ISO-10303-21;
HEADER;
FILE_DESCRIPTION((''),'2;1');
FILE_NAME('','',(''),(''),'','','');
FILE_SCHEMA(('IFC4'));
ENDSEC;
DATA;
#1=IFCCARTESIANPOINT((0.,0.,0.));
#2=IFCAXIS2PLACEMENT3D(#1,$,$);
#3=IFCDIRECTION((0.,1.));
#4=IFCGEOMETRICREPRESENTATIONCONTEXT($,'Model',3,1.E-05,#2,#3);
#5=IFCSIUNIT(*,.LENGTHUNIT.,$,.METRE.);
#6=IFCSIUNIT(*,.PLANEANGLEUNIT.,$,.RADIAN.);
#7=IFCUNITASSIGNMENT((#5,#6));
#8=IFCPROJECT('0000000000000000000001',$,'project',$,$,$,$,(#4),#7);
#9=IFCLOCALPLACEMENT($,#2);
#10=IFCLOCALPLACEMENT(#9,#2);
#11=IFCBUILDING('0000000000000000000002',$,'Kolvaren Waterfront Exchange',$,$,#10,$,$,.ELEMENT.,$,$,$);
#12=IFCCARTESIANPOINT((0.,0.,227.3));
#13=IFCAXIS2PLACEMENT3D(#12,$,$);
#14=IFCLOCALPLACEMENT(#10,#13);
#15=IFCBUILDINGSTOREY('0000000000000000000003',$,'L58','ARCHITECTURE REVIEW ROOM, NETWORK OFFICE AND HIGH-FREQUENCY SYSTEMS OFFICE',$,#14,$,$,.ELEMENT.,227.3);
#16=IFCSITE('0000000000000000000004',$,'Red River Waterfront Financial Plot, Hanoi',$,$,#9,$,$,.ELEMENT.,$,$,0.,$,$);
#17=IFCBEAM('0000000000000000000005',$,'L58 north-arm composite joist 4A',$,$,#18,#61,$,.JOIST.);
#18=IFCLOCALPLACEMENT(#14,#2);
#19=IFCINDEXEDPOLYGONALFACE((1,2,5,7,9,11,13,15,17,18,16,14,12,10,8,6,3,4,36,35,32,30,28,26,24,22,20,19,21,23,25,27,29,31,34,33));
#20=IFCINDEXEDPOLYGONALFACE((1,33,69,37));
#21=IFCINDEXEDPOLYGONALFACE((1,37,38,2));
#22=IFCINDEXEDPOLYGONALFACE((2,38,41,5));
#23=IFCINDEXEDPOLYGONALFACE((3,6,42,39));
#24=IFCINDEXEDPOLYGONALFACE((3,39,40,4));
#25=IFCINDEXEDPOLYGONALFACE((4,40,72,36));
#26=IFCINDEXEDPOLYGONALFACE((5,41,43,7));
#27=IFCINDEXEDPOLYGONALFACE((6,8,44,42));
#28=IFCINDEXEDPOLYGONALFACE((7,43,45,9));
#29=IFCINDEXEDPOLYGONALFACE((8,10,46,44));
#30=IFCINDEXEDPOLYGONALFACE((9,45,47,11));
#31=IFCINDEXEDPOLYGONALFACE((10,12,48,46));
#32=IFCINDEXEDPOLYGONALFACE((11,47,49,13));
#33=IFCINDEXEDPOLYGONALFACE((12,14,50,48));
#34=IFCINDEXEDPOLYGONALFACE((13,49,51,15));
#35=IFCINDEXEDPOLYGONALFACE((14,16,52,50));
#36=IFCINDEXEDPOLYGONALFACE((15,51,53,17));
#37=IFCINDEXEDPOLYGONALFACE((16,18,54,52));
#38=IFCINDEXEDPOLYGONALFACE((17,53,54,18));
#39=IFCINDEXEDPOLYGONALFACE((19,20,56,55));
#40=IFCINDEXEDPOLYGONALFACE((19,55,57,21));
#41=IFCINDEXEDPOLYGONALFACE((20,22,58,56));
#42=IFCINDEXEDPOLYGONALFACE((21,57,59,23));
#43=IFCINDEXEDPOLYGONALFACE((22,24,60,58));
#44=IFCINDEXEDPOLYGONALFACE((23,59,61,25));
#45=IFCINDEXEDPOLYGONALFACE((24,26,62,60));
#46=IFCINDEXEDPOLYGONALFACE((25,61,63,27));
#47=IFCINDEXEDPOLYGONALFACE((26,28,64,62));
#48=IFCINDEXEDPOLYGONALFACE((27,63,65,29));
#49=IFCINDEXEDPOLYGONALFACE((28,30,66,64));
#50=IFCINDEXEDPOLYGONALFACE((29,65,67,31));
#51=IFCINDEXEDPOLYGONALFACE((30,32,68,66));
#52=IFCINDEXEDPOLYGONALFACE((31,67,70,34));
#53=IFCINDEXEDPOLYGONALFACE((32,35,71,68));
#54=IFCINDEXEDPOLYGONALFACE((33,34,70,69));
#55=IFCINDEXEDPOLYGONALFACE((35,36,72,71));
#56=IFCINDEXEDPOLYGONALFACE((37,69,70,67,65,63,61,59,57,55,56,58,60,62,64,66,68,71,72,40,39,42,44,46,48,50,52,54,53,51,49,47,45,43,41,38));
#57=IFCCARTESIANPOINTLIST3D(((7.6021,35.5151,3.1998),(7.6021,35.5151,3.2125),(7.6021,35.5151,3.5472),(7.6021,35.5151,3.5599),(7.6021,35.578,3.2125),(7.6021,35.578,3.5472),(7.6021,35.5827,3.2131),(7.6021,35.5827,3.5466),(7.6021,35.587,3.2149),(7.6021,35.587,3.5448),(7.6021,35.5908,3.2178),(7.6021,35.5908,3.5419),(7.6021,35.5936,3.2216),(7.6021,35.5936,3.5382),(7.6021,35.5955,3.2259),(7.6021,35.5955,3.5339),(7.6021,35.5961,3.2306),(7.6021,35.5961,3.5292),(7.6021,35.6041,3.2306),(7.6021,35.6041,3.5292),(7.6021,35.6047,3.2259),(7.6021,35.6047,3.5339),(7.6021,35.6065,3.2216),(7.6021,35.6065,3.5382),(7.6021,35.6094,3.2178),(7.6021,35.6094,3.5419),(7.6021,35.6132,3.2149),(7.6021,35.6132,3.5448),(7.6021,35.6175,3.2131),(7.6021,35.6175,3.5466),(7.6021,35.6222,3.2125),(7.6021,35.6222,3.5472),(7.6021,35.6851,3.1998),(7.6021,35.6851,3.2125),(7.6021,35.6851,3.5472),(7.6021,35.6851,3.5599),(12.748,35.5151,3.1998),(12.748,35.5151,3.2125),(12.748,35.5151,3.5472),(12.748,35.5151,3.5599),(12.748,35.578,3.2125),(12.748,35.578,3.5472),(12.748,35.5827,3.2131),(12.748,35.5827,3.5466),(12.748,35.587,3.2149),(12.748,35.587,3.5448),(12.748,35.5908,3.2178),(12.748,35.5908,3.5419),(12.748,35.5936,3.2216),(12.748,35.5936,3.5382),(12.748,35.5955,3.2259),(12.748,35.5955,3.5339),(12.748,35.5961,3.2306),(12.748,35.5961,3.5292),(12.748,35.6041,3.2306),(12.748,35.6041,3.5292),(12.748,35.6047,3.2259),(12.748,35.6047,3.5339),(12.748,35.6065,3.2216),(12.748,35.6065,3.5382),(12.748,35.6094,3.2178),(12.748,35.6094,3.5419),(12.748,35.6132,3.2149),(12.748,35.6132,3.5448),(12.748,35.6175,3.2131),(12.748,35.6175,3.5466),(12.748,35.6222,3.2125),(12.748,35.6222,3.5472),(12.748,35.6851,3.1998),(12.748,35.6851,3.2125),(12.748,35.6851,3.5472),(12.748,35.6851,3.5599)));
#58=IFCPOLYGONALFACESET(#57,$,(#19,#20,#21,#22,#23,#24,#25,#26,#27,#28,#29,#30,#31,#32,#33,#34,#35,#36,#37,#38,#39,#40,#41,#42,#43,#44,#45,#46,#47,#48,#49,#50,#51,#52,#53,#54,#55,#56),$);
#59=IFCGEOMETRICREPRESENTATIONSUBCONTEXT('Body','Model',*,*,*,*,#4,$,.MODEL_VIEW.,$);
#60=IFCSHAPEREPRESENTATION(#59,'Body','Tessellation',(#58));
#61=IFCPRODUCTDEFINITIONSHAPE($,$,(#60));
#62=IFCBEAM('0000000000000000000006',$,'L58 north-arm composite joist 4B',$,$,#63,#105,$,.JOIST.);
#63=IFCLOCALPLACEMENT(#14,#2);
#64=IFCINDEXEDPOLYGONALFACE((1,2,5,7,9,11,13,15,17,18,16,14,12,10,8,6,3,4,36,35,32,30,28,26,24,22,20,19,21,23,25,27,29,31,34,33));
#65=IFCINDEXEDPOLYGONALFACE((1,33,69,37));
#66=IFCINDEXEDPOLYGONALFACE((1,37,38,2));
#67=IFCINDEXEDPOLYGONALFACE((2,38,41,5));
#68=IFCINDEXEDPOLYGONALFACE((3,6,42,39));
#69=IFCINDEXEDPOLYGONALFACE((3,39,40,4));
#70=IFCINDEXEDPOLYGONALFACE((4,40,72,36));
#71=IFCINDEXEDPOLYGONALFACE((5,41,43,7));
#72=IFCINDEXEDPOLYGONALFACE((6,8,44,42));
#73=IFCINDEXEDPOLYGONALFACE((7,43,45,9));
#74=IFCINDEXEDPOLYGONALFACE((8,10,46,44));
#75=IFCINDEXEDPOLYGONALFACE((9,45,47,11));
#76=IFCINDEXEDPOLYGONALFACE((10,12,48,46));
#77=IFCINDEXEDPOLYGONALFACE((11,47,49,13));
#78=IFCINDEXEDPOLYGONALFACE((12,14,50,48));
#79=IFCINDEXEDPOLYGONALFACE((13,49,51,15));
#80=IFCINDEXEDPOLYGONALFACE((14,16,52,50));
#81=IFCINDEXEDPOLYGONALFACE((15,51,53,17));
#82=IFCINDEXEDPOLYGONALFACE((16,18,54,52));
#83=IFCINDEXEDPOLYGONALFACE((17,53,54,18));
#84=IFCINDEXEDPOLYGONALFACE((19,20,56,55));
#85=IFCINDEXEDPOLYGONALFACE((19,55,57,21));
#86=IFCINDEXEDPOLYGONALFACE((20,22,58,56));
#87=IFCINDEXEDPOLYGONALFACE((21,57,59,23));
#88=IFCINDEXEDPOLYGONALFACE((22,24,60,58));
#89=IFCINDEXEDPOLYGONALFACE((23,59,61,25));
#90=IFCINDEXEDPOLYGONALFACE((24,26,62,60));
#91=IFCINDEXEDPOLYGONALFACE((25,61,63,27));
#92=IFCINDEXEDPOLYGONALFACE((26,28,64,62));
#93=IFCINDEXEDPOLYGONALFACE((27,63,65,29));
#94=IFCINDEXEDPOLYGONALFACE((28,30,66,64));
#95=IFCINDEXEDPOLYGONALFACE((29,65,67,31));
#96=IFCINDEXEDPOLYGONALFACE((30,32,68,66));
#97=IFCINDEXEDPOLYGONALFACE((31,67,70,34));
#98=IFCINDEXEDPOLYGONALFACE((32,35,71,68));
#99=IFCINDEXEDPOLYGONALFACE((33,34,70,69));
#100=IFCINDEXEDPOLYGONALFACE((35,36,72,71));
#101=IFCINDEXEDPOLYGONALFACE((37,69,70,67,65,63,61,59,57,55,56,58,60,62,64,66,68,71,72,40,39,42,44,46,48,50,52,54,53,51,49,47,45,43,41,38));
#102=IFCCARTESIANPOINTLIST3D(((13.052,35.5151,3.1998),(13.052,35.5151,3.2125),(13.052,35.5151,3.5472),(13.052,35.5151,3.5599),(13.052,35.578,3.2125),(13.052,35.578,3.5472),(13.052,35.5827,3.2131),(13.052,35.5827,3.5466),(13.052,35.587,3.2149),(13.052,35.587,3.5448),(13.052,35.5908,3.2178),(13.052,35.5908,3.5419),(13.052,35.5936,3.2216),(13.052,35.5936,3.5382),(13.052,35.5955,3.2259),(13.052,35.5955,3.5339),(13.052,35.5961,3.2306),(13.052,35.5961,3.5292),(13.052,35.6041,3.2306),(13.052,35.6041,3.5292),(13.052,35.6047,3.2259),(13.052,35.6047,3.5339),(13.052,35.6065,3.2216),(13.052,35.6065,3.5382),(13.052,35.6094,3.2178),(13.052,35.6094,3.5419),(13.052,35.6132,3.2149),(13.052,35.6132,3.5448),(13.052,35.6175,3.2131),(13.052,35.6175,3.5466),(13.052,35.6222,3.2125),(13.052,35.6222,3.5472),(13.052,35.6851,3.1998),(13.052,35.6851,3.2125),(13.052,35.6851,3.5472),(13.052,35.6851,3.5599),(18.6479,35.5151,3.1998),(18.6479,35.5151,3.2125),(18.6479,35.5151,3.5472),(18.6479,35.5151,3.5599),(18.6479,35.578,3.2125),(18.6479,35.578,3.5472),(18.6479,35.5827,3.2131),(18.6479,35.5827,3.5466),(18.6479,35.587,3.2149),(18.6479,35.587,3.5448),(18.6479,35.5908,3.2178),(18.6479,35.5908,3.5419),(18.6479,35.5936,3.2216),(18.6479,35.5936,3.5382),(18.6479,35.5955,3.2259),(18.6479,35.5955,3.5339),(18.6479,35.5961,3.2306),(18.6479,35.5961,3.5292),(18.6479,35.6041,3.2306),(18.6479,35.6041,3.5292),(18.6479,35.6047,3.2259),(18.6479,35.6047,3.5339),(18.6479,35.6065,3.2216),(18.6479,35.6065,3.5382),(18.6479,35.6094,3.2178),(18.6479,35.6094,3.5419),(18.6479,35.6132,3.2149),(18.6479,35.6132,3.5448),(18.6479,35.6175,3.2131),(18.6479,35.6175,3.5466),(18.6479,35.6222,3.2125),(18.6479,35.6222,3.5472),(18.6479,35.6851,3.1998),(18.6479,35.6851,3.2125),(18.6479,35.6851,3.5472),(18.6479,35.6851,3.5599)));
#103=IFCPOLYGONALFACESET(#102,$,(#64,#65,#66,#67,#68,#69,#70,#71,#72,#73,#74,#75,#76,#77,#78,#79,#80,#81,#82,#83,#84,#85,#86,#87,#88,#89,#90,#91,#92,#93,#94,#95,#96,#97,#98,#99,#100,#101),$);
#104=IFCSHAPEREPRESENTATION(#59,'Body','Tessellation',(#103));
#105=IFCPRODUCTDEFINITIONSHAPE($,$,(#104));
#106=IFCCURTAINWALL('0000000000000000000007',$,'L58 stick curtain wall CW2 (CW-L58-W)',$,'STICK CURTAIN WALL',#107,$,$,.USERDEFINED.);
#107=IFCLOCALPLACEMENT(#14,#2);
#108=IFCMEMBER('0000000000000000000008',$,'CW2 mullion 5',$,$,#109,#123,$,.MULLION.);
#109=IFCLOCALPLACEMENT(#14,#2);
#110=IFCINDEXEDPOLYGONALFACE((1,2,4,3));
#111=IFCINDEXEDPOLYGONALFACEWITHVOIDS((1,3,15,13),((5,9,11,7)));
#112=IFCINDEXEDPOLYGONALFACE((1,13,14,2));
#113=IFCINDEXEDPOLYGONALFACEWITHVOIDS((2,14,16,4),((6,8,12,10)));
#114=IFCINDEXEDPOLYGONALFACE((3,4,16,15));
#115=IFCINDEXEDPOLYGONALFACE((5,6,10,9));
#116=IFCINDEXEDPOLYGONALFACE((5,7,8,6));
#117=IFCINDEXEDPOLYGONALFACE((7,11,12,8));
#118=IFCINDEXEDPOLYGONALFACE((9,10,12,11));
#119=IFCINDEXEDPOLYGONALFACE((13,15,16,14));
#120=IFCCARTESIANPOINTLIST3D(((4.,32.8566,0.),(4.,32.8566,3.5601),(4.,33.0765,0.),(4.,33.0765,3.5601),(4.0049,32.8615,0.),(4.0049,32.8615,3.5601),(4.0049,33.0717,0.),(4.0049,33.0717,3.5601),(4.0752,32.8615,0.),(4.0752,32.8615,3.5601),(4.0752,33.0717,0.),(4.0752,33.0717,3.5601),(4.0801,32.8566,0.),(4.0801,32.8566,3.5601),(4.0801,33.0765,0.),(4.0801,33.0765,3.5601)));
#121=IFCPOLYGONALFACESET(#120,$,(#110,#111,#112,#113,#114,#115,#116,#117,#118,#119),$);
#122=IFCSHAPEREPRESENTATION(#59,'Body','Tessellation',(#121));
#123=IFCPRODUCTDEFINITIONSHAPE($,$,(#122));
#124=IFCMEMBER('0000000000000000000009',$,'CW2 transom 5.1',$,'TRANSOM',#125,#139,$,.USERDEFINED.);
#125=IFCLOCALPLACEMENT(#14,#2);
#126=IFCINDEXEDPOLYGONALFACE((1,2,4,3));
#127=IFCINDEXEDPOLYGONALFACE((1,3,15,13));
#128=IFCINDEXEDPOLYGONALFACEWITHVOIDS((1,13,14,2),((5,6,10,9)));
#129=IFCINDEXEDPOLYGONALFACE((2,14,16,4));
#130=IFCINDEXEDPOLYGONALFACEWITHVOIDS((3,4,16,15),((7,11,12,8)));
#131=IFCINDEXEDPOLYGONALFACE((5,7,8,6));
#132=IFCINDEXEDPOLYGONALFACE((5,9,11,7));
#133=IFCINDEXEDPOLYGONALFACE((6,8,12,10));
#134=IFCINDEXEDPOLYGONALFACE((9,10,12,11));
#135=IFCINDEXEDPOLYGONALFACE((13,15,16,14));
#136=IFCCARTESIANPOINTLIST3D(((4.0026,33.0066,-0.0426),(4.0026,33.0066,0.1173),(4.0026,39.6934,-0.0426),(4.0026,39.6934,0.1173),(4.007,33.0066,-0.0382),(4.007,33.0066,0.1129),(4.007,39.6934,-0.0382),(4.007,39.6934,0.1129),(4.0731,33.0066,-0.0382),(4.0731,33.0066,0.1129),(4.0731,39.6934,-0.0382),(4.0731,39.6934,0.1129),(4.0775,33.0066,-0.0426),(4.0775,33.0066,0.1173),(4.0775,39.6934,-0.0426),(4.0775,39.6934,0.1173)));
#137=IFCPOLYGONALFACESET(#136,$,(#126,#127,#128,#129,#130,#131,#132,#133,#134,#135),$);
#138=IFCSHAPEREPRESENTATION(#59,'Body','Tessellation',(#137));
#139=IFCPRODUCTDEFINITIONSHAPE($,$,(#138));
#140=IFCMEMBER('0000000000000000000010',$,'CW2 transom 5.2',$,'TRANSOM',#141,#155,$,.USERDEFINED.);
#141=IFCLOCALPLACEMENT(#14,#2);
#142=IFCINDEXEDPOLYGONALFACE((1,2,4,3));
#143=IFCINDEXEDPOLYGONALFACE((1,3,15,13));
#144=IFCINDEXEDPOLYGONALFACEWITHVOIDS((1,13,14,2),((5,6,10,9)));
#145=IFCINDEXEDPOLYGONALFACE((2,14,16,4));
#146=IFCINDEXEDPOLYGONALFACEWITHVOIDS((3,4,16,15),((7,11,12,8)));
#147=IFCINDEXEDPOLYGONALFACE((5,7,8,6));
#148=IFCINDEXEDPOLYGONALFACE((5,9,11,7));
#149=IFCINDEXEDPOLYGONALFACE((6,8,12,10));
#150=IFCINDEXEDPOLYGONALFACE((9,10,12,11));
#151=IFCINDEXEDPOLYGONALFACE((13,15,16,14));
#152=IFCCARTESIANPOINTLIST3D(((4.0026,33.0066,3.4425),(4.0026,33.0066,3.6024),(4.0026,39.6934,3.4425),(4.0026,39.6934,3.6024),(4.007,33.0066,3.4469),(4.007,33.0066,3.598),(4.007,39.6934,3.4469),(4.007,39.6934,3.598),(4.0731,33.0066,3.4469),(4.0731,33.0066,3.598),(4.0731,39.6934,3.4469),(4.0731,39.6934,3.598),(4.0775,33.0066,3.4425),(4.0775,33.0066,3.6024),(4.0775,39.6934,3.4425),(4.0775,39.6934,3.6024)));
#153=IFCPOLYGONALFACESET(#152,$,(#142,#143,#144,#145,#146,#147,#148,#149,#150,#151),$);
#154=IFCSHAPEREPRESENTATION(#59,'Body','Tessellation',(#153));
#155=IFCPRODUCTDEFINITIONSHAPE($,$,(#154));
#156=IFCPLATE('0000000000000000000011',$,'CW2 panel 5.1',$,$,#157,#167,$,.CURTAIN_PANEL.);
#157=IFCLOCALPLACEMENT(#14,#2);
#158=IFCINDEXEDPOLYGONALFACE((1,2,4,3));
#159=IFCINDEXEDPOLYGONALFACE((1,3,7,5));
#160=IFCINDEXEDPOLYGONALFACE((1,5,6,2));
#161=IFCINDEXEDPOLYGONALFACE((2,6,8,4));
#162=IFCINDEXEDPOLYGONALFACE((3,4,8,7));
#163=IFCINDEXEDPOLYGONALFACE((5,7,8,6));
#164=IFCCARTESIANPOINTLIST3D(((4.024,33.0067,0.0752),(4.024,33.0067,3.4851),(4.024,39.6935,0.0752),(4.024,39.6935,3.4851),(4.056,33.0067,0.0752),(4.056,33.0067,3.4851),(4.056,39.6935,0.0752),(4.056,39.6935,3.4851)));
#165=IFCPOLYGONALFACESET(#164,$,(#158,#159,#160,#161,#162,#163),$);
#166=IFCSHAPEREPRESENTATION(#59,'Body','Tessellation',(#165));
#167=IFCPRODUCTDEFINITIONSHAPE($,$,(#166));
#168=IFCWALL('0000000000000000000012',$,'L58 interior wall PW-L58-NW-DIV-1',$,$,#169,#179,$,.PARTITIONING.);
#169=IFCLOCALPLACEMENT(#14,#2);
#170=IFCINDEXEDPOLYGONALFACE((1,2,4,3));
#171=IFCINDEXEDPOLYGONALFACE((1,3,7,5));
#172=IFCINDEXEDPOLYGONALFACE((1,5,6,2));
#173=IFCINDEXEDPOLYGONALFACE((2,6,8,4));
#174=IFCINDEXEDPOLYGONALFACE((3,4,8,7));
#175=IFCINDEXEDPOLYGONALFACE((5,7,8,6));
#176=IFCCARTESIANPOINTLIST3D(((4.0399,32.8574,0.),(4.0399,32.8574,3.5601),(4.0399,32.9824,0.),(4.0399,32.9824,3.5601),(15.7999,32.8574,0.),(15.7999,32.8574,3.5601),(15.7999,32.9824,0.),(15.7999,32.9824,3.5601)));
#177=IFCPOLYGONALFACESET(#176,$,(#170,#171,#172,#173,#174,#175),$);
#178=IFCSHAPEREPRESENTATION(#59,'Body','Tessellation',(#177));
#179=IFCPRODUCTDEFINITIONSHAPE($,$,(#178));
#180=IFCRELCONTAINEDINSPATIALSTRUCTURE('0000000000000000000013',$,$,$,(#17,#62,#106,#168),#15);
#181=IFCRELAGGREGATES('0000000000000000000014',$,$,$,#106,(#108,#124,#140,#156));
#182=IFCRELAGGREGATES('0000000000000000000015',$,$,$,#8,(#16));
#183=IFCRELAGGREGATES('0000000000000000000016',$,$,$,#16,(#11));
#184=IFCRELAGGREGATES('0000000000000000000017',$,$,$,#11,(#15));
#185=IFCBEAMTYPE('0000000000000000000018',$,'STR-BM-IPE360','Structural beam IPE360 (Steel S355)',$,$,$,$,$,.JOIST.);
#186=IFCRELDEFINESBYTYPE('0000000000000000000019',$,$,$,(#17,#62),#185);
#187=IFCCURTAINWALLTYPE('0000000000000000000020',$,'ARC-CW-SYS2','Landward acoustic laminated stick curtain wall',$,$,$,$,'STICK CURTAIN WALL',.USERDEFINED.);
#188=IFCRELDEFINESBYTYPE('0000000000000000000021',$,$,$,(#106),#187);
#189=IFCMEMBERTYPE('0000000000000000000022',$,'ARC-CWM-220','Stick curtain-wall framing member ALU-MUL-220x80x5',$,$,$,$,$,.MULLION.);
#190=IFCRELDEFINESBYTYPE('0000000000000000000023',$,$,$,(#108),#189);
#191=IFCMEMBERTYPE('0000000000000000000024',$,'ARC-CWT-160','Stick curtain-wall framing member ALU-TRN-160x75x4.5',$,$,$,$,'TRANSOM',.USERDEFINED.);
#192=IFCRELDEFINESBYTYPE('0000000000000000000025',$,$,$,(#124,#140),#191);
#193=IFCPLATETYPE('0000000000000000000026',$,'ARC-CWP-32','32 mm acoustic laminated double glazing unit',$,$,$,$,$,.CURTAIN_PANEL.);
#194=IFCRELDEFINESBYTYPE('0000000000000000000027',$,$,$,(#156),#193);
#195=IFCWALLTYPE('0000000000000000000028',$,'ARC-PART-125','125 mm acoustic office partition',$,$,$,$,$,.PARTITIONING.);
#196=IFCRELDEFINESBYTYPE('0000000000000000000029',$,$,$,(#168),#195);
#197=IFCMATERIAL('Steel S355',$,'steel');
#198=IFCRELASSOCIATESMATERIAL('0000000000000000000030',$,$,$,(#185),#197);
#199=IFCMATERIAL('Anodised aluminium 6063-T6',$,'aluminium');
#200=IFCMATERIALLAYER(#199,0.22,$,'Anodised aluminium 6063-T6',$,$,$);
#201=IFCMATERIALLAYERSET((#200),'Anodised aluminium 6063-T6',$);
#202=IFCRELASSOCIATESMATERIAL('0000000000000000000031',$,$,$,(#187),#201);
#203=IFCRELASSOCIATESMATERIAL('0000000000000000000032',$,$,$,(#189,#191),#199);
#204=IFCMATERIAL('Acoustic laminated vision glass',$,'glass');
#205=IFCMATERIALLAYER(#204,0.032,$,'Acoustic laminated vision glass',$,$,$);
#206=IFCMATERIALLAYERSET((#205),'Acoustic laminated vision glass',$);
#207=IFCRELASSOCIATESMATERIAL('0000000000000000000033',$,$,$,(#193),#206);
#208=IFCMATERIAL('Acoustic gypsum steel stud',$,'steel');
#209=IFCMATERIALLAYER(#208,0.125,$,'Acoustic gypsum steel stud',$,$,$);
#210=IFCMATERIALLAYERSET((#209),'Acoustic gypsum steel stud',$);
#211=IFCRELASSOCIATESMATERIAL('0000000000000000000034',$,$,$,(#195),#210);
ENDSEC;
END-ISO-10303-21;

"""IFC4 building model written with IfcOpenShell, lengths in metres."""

from ifc_helpers import new_model, si_unit, direction, frame, frame_2d, origin, origin_with_axes, origin_2d, place, context, subcontext, project, spatial, rectangle, hollow_rectangle, i_section, extrude, source, transform, mapped, material, layer, layer_set, material_profile, profile_set, type_object, element, aggregate, save


model = new_model("IFC4")

# Units and contexts
model_context = context("Model", 3, precision=1e-05, world=origin(), true_north=direction((0.0, 1.0)))
body_context = subcontext(model_context, "Body", "Model", "MODEL_VIEW")
ifc_project = project(units=[si_unit("LENGTHUNIT", "METRE"), si_unit("PLANEANGLEUNIT", "RADIAN")], contexts=[model_context])

# Site, building, storey
site_placement = place(None, origin())
site = spatial("IfcSite", under=ifc_project, at=site_placement, Name="Red River Waterfront Financial Plot, Hanoi", CompositionType="ELEMENT", RefElevation=0.0)
building_placement = place(site_placement, origin())
building = spatial("IfcBuilding", under=site, at=building_placement, Name="Kolvaren Waterfront Exchange", CompositionType="ELEMENT")
storey_placement = place(building_placement, frame((0.0, 0.0, 227.3)))
storey = spatial("IfcBuildingStorey", under=building, at=storey_placement, Name="L58", Description="ARCHITECTURE REVIEW ROOM, NETWORK OFFICE AND HIGH-FREQUENCY SYSTEMS OFFICE", CompositionType="ELEMENT", Elevation=227.3)

# Beams
ifc_material_1 = material(Name="Steel S355", Category="steel")
ifc_material_profile_1 = material_profile(ifc_material_1, i_section(OverallWidth=0.1699, OverallDepth=0.3601, WebThickness=0.0081, FlangeThickness=0.0127, FilletRadius=0.0181, at=origin_2d()), Name="IPE360")
ifc_profile_set_1 = profile_set([ifc_material_profile_1], Name="Steel S355")
beam_type_1 = type_object("IfcBeamType", Name="STR-BM-IPE360", Description="Structural beam IPE360 (Steel S355)", PredefinedType="JOIST", material=ifc_profile_set_1)
beam_1_placement = place(storey_placement, frame((7.6021, 35.6001, 3.3799), z_axis=(1.0, 0.0, 0.0), x_axis=(0.0, 1.0, 0.0)))
element("IfcBeam", 1, at=beam_1_placement, inside=storey, type_object=beam_type_1, Name="L58 north-arm composite joist 4A", PredefinedType="JOIST", context=body_context, shape_type="SweptSolid", body=[
    extrude(i_section(OverallWidth=0.1699, OverallDepth=0.3601, WebThickness=0.0081, FlangeThickness=0.0127, FilletRadius=0.0181, at=origin_2d()), origin(), (0.0, 0.0, 1.0), 5.146),
])
beam_2_placement = place(storey_placement, frame((13.052, 35.6001, 3.3799), z_axis=(1.0, 0.0, 0.0), x_axis=(0.0, 1.0, 0.0)))
element("IfcBeam", 2, at=beam_2_placement, inside=storey, type_object=beam_type_1, Name="L58 north-arm composite joist 4B", PredefinedType="JOIST", context=body_context, shape_type="SweptSolid", body=[
    extrude(i_section(OverallWidth=0.1699, OverallDepth=0.3601, WebThickness=0.0081, FlangeThickness=0.0127, FilletRadius=0.0181, at=origin_2d()), origin(), (0.0, 0.0, 1.0), 5.5959),
])

# Curtain wall, members, plate
ifc_material_2 = material(Name="Anodised aluminium 6063-T6", Category="aluminium")
ifc_layer_1 = layer(ifc_material_2, 0.22, Name="Anodised aluminium 6063-T6")
ifc_layer_set_1 = layer_set([ifc_layer_1], Name="Anodised aluminium 6063-T6")
curtain_wall_type = type_object("IfcCurtainWallType", Name="ARC-CW-SYS2", Description="Landward acoustic laminated stick curtain wall", ElementType="STICK CURTAIN WALL", PredefinedType="USERDEFINED", material=ifc_layer_set_1)
curtain_wall_placement = place(storey_placement, origin())
curtain_wall = element("IfcCurtainWall", 3, at=curtain_wall_placement, inside=storey, type_object=curtain_wall_type, Name="L58 stick curtain wall CW2 (CW-L58-W)", ObjectType="STICK CURTAIN WALL", PredefinedType="USERDEFINED")
ifc_material_profile_2 = material_profile(ifc_material_2, hollow_rectangle(XDim=0.0801, YDim=0.22, WallThickness=0.0049, at=origin_2d()), Name="ALU-MUL-220x80x5")
ifc_profile_set_2 = profile_set([ifc_material_profile_2], Name="Anodised aluminium 6063-T6")
member_type_1 = type_object("IfcMemberType", Name="ARC-CWM-220", Description="Stick curtain-wall framing member ALU-MUL-220x80x5", PredefinedType="MULLION", material=ifc_profile_set_2)
shared_shape_1 = source(origin_with_axes(), body_context, "Body", "SweptSolid", [
    extrude(hollow_rectangle(XDim=0.0801, YDim=0.22, WallThickness=0.0049, at=origin_2d()), origin(), (0.0, 0.0, 1.0), 3.5601),
])
member_1_placement = place(storey_placement, frame((4.04, 32.9666, 0.0), z_axis=(0.0, 0.0, 1.0), x_axis=(-1.0, 0.0, 0.0)))
member_1 = element("IfcMember", 4, at=member_1_placement, type_object=member_type_1, Name="CW2 mullion 5", PredefinedType="MULLION", context=body_context, shape_type="MappedRepresentation", body=[
    mapped(shared_shape_1, transform((0.0, 0.0, 0.0), x_axis=(1.0, 0.0, 0.0), y_axis=(0.0, 1.0, 0.0), z_axis=(0.0, 0.0, 1.0), scale=1.0)),
])
ifc_material_profile_3 = material_profile(ifc_material_2, hollow_rectangle(XDim=0.075, YDim=0.1599, WallThickness=0.0044, at=origin_2d()), Name="ALU-TRN-160x75x4.5")
ifc_profile_set_3 = profile_set([ifc_material_profile_3], Name="Anodised aluminium 6063-T6")
member_type_2 = type_object("IfcMemberType", Name="ARC-CWT-160", Description="Stick curtain-wall framing member ALU-TRN-160x75x4.5", ElementType="TRANSOM", PredefinedType="USERDEFINED", material=ifc_profile_set_3)
shared_shape_2 = source(origin_with_axes(), body_context, "Body", "SweptSolid", [
    extrude(hollow_rectangle(XDim=0.075, YDim=0.1599, WallThickness=0.0044, at=origin_2d()), origin(), (0.0, 0.0, 1.0), 6.6868),
])
member_2_placement = place(storey_placement, frame((4.04, 33.0066, 0.0374), z_axis=(0.0, 1.0, 0.0), x_axis=(-1.0, 0.0, 0.0)))
member_2 = element("IfcMember", 5, at=member_2_placement, type_object=member_type_2, Name="CW2 transom 5.1", ObjectType="TRANSOM", PredefinedType="USERDEFINED", context=body_context, shape_type="MappedRepresentation", body=[
    mapped(shared_shape_2, transform((0.0, 0.0, 0.0), x_axis=(1.0, 0.0, 0.0), y_axis=(0.0, 1.0, 0.0), z_axis=(0.0, 0.0, 1.0), scale=1.0)),
])
member_3_placement = place(storey_placement, frame((4.04, 33.0066, 3.5225), z_axis=(0.0, 1.0, 0.0), x_axis=(-1.0, 0.0, 0.0)))
member_3 = element("IfcMember", 6, at=member_3_placement, type_object=member_type_2, Name="CW2 transom 5.2", ObjectType="TRANSOM", PredefinedType="USERDEFINED", context=body_context, shape_type="MappedRepresentation", body=[
    mapped(shared_shape_2, transform((0.0, 0.0, 0.0), x_axis=(1.0, 0.0, 0.0), y_axis=(0.0, 1.0, 0.0), z_axis=(0.0, 0.0, 1.0), scale=1.0)),
])
ifc_material_3 = material(Name="Acoustic laminated vision glass", Category="glass")
ifc_layer_2 = layer(ifc_material_3, 0.032, Name="Acoustic laminated vision glass")
ifc_layer_set_2 = layer_set([ifc_layer_2], Name="Acoustic laminated vision glass")
plate_type = type_object("IfcPlateType", Name="ARC-CWP-32", Description="32 mm acoustic laminated double glazing unit", PredefinedType="CURTAIN_PANEL", material=ifc_layer_set_2)
shared_shape_3 = source(origin_with_axes(), body_context, "Body", "SweptSolid", [
    extrude(rectangle(XDim=6.6868, YDim=0.032, at=origin_2d()), origin(), (0.0, 0.0, 1.0), 3.4099),
])
plate_placement = place(storey_placement, frame((4.04, 36.3501, 0.0752), z_axis=(0.0, 0.0, 1.0), x_axis=(0.0, 1.0, 0.0)))
plate = element("IfcPlate", 7, at=plate_placement, type_object=plate_type, Name="CW2 panel 5.1", PredefinedType="CURTAIN_PANEL", context=body_context, shape_type="MappedRepresentation", body=[
    mapped(shared_shape_3, transform((0.0, 0.0, 0.0), x_axis=(1.0, 0.0, 0.0), y_axis=(0.0, 1.0, 0.0), z_axis=(0.0, 0.0, 1.0), scale=1.0)),
])
aggregate(curtain_wall, [member_1, member_2, member_3, plate])

# Wall
ifc_material_4 = material(Name="Acoustic gypsum steel stud", Category="steel")
ifc_layer_3 = layer(ifc_material_4, 0.125, Name="Acoustic gypsum steel stud")
ifc_layer_set_3 = layer_set([ifc_layer_3], Name="Acoustic gypsum steel stud")
wall_type = type_object("IfcWallType", Name="ARC-PART-125", Description="125 mm acoustic office partition", PredefinedType="PARTITIONING", material=ifc_layer_set_3)
wall_1_placement = place(storey_placement, frame((4.04, 32.9199, 0.0), z_axis=(0.0, 0.0, 1.0), x_axis=(1.0, 0.0, 0.0)))
element("IfcWall", 8, at=wall_1_placement, inside=storey, type_object=wall_type, Name="L58 interior wall PW-L58-NW-DIV-1", PredefinedType="PARTITIONING", context=body_context, shape_type="SweptSolid", body=[
    extrude(rectangle(XDim=11.76, YDim=0.125, at=frame_2d((5.8799, 0.0))), origin(), (0.0, 0.0, 1.0), 3.5601),
])

save(model, "model.ifc")
